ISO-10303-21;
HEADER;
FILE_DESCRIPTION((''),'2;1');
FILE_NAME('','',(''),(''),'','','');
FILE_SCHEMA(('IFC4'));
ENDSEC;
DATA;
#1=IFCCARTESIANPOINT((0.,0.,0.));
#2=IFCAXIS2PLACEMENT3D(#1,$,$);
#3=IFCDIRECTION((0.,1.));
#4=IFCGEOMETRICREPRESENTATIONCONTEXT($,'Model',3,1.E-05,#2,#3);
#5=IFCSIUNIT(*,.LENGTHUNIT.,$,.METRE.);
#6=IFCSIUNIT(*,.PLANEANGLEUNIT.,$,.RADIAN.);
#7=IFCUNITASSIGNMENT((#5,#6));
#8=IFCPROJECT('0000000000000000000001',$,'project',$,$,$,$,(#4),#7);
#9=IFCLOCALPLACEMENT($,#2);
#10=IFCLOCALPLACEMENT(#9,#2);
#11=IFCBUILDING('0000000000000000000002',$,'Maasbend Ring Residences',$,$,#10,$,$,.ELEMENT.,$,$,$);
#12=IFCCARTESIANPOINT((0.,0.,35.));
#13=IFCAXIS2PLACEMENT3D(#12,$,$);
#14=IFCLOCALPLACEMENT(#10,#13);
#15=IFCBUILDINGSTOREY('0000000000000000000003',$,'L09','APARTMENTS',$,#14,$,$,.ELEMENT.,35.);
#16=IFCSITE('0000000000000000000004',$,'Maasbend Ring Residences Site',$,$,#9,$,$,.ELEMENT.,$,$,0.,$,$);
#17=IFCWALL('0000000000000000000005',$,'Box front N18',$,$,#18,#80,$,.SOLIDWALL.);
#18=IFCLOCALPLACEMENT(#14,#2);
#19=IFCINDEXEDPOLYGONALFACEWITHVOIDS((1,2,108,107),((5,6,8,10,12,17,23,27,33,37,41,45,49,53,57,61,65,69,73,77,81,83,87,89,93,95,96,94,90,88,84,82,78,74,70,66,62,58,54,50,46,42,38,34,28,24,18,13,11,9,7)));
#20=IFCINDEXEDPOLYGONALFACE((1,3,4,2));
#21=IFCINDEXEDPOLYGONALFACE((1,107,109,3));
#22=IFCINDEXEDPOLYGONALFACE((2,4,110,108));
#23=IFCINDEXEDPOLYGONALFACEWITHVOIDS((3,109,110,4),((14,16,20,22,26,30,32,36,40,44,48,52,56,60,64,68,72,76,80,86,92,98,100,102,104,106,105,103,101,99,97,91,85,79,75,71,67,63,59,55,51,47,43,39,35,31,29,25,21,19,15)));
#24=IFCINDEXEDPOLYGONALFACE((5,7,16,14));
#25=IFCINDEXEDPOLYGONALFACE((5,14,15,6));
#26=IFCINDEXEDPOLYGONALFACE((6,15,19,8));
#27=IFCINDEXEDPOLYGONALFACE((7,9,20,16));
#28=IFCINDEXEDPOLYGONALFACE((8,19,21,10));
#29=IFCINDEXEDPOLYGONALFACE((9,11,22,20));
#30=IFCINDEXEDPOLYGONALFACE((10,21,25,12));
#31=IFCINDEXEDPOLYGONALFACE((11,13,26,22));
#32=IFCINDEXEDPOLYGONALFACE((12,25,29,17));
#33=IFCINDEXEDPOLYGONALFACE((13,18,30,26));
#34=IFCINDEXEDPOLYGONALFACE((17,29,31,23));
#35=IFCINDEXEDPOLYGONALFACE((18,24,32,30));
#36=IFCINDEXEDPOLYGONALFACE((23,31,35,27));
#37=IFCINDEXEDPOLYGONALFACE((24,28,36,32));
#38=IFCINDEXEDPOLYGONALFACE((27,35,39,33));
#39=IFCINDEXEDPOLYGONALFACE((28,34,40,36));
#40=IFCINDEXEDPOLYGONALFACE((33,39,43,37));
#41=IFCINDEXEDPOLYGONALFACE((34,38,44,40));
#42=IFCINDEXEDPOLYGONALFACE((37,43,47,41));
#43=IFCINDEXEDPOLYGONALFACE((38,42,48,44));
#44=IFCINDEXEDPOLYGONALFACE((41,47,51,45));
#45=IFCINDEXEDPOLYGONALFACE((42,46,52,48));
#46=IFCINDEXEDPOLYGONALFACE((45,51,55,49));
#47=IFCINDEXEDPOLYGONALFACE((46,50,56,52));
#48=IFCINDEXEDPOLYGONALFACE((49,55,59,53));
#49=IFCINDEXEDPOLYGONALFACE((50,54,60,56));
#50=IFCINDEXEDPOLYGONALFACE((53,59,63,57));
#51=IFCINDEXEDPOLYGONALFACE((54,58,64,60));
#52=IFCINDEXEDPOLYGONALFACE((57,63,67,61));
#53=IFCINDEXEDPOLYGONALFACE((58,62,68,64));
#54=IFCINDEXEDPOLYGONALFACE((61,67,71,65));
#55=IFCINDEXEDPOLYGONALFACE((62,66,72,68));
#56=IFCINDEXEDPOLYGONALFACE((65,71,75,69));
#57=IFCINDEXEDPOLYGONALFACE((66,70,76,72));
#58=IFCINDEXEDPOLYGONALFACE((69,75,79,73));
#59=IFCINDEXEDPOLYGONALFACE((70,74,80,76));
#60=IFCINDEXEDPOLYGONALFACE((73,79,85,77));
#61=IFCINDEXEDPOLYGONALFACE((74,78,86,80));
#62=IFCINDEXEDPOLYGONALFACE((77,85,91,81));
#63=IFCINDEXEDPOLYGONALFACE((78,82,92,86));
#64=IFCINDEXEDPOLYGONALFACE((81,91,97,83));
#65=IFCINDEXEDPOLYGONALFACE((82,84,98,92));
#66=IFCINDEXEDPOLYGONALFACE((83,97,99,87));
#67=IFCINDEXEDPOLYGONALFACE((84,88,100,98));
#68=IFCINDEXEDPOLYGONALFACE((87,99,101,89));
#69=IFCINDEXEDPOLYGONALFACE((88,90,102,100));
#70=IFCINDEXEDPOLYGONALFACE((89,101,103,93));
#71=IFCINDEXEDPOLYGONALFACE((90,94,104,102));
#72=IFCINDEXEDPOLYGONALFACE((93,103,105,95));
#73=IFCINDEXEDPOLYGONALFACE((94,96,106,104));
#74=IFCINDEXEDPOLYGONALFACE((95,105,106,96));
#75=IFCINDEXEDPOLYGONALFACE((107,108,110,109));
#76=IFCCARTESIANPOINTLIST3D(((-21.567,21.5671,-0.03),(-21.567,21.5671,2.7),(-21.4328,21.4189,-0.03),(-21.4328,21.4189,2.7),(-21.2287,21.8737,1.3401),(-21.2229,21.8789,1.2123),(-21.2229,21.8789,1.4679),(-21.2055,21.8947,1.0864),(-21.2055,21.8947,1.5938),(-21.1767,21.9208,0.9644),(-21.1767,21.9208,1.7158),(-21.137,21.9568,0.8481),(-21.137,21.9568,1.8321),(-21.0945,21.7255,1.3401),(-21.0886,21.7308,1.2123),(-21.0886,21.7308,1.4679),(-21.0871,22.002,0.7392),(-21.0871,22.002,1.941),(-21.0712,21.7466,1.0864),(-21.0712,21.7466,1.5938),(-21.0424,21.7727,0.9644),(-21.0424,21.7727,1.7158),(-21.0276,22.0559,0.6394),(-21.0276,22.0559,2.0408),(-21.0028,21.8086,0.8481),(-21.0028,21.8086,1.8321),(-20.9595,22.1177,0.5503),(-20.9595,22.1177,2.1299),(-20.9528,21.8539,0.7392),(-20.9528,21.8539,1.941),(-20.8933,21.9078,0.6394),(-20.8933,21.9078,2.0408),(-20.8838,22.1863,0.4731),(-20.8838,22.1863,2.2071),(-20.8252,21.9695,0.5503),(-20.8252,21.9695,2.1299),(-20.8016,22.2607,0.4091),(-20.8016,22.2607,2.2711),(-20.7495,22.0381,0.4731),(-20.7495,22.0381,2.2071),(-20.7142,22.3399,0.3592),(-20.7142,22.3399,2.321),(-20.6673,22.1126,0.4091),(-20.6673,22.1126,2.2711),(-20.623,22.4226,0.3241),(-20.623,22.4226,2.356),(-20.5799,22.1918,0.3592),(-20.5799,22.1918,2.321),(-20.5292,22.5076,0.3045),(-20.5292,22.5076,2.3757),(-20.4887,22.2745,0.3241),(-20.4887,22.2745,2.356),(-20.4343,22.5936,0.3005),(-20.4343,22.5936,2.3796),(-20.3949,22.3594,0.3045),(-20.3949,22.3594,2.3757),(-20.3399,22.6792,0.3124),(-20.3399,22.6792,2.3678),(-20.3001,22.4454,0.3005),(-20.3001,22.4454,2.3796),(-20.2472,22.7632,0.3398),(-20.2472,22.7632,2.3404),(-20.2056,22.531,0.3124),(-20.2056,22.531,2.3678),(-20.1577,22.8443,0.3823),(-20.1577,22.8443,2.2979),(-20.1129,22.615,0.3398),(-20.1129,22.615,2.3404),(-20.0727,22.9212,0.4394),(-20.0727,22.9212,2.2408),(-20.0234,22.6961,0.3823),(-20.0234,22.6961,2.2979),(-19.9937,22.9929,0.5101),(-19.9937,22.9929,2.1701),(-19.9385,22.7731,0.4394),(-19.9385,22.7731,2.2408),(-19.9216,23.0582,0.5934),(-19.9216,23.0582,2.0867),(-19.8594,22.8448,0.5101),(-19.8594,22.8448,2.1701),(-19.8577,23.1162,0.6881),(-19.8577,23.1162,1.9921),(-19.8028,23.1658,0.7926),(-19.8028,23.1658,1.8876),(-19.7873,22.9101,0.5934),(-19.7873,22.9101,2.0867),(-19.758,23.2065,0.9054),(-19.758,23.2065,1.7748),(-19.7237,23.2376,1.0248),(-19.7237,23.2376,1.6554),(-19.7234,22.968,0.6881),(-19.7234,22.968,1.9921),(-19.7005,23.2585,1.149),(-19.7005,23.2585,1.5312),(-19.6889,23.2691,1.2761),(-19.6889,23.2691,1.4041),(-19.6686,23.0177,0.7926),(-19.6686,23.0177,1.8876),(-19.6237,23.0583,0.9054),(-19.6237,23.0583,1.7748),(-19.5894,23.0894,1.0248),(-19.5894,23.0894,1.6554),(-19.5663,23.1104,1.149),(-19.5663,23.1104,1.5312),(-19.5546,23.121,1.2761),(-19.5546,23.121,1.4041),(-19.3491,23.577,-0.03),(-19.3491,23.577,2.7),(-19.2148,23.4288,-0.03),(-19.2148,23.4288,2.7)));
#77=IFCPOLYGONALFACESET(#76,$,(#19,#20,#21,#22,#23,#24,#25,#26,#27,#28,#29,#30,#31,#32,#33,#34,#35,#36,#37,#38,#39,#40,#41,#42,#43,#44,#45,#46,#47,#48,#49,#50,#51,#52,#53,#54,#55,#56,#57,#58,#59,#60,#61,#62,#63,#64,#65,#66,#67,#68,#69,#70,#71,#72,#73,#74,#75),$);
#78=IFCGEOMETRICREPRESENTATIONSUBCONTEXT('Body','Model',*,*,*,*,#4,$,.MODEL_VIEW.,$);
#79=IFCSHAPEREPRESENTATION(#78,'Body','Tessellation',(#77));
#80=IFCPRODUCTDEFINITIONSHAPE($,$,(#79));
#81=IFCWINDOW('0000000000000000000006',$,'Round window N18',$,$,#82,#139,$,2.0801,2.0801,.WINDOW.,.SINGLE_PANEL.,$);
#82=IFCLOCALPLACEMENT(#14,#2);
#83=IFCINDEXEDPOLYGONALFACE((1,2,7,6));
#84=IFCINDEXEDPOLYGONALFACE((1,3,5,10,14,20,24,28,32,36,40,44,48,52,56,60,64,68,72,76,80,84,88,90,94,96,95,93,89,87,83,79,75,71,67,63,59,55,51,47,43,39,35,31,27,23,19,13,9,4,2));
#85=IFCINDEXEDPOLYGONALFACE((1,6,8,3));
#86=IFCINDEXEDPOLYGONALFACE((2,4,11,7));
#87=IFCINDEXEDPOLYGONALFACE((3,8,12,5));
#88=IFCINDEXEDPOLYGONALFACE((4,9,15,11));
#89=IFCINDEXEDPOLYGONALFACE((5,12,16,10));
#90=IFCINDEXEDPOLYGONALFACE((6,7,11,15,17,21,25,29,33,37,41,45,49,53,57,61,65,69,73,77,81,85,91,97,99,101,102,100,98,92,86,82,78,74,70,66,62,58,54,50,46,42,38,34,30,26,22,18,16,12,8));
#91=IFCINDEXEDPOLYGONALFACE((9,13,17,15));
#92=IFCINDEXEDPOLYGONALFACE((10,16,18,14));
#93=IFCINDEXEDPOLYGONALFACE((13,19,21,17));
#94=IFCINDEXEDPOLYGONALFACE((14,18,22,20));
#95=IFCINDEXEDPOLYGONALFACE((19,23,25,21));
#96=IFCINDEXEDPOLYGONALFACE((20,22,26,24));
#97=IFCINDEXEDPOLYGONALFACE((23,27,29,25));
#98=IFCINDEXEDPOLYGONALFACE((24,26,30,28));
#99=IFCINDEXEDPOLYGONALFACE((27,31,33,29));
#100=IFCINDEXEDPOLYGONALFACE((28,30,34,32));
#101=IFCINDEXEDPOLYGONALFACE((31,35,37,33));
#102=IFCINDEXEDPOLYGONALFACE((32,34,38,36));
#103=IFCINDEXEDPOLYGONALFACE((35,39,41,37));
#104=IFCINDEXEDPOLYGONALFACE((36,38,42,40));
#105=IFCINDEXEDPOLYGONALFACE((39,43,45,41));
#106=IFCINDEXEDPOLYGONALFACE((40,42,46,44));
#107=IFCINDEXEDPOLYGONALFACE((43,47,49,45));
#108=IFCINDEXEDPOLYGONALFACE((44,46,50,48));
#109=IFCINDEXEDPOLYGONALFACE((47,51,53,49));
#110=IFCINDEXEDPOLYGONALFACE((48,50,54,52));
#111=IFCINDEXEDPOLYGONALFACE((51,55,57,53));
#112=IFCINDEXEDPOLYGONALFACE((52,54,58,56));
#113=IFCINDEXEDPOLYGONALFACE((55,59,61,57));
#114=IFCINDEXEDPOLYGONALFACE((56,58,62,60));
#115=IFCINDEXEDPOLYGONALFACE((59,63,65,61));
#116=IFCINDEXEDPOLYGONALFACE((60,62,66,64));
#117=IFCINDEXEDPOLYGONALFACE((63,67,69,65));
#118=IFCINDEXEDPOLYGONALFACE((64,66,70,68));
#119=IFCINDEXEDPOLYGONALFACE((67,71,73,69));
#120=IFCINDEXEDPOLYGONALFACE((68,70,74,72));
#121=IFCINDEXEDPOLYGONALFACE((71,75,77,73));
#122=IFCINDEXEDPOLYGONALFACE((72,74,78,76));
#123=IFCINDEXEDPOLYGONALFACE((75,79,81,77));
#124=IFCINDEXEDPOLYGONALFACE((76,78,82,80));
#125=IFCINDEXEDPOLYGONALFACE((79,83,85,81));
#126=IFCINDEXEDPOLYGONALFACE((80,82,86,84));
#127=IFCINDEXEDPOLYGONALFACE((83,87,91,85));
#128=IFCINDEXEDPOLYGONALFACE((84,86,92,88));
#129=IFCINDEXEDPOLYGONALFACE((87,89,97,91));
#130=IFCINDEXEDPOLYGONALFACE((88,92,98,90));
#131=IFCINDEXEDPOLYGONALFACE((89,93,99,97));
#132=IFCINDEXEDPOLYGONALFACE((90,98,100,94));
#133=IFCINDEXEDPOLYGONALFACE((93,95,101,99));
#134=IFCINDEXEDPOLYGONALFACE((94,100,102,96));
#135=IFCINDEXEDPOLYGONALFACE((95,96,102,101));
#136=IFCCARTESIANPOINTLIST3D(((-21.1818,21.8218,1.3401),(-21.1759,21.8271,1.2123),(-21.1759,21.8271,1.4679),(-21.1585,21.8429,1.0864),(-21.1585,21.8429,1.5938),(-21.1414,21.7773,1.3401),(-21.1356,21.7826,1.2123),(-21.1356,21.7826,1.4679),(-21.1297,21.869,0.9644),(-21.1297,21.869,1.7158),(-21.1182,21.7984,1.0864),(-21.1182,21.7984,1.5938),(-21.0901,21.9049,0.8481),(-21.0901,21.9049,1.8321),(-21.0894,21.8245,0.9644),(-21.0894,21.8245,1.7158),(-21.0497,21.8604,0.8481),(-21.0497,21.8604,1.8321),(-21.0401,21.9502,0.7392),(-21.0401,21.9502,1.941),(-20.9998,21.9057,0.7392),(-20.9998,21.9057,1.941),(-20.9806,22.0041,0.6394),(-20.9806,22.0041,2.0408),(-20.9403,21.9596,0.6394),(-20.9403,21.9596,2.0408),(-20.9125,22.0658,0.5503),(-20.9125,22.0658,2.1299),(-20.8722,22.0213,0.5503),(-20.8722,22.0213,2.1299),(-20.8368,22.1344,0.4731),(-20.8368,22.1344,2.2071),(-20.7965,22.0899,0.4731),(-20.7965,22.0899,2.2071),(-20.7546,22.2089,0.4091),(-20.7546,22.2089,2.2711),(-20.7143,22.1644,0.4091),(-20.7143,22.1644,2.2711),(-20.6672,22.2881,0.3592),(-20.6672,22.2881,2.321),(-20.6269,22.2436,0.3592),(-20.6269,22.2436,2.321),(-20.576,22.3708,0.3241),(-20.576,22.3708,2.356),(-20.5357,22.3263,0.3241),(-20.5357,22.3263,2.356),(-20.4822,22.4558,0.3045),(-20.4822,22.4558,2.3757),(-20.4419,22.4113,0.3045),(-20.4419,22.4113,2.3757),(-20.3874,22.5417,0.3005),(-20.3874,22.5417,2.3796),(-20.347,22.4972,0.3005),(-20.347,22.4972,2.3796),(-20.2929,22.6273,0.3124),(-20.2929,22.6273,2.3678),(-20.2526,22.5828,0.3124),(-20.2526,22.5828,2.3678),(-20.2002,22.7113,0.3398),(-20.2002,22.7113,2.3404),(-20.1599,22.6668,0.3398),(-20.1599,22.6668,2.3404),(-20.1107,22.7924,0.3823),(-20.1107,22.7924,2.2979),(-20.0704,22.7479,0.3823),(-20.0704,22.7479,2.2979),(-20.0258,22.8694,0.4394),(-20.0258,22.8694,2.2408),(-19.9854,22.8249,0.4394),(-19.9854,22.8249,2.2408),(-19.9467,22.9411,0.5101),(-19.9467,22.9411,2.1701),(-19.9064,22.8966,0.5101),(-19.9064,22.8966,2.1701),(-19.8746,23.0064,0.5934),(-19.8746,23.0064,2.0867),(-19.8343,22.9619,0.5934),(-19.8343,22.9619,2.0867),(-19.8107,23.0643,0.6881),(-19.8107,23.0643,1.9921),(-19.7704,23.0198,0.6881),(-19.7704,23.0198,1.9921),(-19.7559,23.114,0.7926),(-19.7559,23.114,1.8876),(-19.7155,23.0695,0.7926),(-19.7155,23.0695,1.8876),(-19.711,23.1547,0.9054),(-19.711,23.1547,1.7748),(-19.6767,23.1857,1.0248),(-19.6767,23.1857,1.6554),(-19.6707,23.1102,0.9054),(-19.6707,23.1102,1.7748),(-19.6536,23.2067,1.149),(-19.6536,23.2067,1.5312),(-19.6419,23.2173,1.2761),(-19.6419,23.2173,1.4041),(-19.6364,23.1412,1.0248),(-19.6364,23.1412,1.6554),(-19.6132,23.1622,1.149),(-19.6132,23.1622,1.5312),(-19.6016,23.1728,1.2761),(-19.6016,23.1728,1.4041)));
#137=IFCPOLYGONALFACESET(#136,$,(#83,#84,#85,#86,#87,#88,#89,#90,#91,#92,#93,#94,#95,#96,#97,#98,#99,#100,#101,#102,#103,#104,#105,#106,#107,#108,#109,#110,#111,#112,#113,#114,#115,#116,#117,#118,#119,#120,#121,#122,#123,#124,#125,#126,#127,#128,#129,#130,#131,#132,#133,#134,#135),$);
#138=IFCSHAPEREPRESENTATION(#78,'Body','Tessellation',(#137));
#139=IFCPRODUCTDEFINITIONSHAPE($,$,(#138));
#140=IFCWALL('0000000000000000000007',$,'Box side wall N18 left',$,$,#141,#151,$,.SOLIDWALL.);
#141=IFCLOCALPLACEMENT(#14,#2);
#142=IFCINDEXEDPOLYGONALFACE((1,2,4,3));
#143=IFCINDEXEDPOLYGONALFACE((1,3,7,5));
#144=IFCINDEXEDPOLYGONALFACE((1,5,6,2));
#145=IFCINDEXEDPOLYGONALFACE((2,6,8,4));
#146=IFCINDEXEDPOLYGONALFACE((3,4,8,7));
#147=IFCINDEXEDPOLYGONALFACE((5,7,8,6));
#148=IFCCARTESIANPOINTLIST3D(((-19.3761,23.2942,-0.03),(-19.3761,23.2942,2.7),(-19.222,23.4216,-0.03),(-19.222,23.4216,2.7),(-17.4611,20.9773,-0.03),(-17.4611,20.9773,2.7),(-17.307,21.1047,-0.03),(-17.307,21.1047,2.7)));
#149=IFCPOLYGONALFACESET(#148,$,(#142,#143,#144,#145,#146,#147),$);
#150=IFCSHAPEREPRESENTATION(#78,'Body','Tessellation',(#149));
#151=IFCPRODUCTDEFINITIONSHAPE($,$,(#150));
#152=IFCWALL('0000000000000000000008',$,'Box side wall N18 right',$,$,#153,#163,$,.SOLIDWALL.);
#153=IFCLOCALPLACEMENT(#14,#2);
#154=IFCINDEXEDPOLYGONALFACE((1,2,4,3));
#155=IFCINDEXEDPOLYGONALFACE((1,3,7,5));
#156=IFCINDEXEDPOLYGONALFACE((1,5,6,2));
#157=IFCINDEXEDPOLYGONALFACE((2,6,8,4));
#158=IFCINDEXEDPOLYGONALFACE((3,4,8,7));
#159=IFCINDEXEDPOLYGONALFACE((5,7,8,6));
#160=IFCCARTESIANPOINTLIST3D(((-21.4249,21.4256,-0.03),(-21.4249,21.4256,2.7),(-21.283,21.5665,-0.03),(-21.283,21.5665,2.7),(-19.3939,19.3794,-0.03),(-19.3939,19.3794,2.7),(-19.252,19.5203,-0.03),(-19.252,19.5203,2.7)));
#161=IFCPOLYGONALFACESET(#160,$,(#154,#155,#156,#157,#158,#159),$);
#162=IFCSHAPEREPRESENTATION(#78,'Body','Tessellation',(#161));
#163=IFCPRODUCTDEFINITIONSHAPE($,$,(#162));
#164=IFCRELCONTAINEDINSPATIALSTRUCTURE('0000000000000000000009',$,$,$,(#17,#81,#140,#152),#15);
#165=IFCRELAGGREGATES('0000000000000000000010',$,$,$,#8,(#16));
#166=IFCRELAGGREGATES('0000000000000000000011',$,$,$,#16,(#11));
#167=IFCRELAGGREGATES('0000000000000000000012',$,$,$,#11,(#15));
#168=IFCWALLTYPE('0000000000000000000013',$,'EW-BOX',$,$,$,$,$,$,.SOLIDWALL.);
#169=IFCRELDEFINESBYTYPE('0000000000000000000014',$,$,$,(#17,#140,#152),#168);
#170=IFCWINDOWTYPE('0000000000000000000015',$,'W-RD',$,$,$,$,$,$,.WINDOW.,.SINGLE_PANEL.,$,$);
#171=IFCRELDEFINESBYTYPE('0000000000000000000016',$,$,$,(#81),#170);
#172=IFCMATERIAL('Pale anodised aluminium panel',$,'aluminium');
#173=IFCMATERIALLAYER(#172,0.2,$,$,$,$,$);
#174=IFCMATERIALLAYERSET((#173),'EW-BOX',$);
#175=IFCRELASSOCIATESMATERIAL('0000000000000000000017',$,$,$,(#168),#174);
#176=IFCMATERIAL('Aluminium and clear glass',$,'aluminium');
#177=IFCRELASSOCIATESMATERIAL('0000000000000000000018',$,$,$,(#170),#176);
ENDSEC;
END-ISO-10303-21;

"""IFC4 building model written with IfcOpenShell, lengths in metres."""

from ifc_helpers import new_model, si_unit, direction, frame, frame_2d, origin, place, context, subcontext, project, spatial, rectangle, circle, extrude, material, layer, layer_set, type_object, element, fill, save


model = new_model("IFC4")

# Units and contexts
model_context = context("Model", 3, precision=1e-05, world=origin(), true_north=direction((0.0, 1.0)))
body_context = subcontext(model_context, "Body", "Model", "MODEL_VIEW")
ifc_project = project(units=[si_unit("LENGTHUNIT", "METRE"), si_unit("PLANEANGLEUNIT", "RADIAN")], contexts=[model_context])

# Site, building, storey
site_placement = place(None, origin())
site = spatial("IfcSite", under=ifc_project, at=site_placement, Name="Maasbend Ring Residences Site", CompositionType="ELEMENT", RefElevation=0.0)
building_placement = place(site_placement, origin())
building = spatial("IfcBuilding", under=site, at=building_placement, Name="Maasbend Ring Residences", CompositionType="ELEMENT")
storey_placement = place(building_placement, frame((0.0, 0.0, 35.0)))
storey = spatial("IfcBuildingStorey", under=building, at=storey_placement, Name="L09", Description="APARTMENTS", CompositionType="ELEMENT", Elevation=35.0)

# Shared definitions
ifc_material_1 = material(Name="Pale anodised aluminium panel", Category="aluminium")
ifc_layer_1 = layer(ifc_material_1, 0.2)
ifc_layer_set_1 = layer_set([ifc_layer_1], Name="EW-BOX")
wall_type_1 = type_object("IfcWallType", Name="EW-BOX", PredefinedType="SOLIDWALL", material=ifc_layer_set_1)
ifc_material_2 = material(Name="Aluminium and clear glass", Category="aluminium")
window_type_1 = type_object("IfcWindowType", Name="W-RD", PartitioningType="SINGLE_PANEL", PredefinedType="WINDOW", material=ifc_material_2)

# Wall, opening, window
wall_1_placement = place(storey_placement, frame((-19.282, 23.5029, -0.03), z_axis=(0.0, 0.0, 1.0), x_axis=(-0.740998, -0.671507, 0.0)))
wall_1 = element("IfcWall", 1, at=wall_1_placement, inside=storey, type_object=wall_type_1, Name="Box front N18", PredefinedType="SOLIDWALL", context=body_context, shape_type="SweptSolid", body=[
    extrude(rectangle(XDim=2.9932, YDim=0.2, at=frame_2d((1.4966, 0.0))), origin(), (0.0, 0.0, 1.0), 2.73),
])
opening_1_placement = place(wall_1_placement, frame((0.4565, 0.0, 0.3301)))
opening_1 = element("IfcOpeningElement", 2, at=opening_1_placement, cuts=wall_1, PredefinedType="OPENING", context=body_context, shape_type="SweptSolid", body=[
    extrude(circle(Radius=1.04, at=frame_2d((1.04, 1.04))), frame((0.0, 0.1099, 0.0), z_axis=(0.0, -1.0, 0.0), x_axis=(1.0, 0.0, 0.0)), (0.0, 0.0, 1.0), 0.22),
])
window_1_placement = place(opening_1_placement, origin())
window_1 = element("IfcWindow", 3, at=window_1_placement, inside=storey, type_object=window_type_1, Name="Round window N18", OverallHeight=2.0801, OverallWidth=2.0801, PartitioningType="SINGLE_PANEL", PredefinedType="WINDOW", context=body_context, shape_type="SweptSolid", body=[
    extrude(circle(Radius=1.04, at=frame_2d((1.04, 1.04))), frame((0.0, 0.03, 0.0), z_axis=(0.0, -1.0, 0.0), x_axis=(1.0, 0.0, 0.0)), (0.0, 0.0, 1.0), 0.0601),
])
fill(opening_1, window_1)

# Walls
wall_2_placement = place(storey_placement, frame((-17.384, 21.041, -0.03), z_axis=(0.0, 0.0, 1.0), x_axis=(-0.637096, 0.770785, 0.0)))
element("IfcWall", 4, at=wall_2_placement, inside=storey, type_object=wall_type_1, Name="Box side wall N18 left", PredefinedType="SOLIDWALL", context=body_context, shape_type="SweptSolid", body=[
    extrude(rectangle(XDim=3.0059, YDim=0.2, at=frame_2d((1.5029, 0.0))), origin(), (0.0, 0.0, 1.0), 2.73),
])
wall_3_placement = place(storey_placement, frame((-19.323, 19.45, -0.03), z_axis=(0.0, 0.0, 1.0), x_axis=(-0.704477, 0.709727, 0.0)))
element("IfcWall", 5, at=wall_3_placement, inside=storey, type_object=wall_type_1, Name="Box side wall N18 right", PredefinedType="SOLIDWALL", context=body_context, shape_type="SweptSolid", body=[
    extrude(rectangle(XDim=2.8831, YDim=0.2, at=frame_2d((1.4414, 0.0))), origin(), (0.0, 0.0, 1.0), 2.73),
])

save(model, "model.ifc")
